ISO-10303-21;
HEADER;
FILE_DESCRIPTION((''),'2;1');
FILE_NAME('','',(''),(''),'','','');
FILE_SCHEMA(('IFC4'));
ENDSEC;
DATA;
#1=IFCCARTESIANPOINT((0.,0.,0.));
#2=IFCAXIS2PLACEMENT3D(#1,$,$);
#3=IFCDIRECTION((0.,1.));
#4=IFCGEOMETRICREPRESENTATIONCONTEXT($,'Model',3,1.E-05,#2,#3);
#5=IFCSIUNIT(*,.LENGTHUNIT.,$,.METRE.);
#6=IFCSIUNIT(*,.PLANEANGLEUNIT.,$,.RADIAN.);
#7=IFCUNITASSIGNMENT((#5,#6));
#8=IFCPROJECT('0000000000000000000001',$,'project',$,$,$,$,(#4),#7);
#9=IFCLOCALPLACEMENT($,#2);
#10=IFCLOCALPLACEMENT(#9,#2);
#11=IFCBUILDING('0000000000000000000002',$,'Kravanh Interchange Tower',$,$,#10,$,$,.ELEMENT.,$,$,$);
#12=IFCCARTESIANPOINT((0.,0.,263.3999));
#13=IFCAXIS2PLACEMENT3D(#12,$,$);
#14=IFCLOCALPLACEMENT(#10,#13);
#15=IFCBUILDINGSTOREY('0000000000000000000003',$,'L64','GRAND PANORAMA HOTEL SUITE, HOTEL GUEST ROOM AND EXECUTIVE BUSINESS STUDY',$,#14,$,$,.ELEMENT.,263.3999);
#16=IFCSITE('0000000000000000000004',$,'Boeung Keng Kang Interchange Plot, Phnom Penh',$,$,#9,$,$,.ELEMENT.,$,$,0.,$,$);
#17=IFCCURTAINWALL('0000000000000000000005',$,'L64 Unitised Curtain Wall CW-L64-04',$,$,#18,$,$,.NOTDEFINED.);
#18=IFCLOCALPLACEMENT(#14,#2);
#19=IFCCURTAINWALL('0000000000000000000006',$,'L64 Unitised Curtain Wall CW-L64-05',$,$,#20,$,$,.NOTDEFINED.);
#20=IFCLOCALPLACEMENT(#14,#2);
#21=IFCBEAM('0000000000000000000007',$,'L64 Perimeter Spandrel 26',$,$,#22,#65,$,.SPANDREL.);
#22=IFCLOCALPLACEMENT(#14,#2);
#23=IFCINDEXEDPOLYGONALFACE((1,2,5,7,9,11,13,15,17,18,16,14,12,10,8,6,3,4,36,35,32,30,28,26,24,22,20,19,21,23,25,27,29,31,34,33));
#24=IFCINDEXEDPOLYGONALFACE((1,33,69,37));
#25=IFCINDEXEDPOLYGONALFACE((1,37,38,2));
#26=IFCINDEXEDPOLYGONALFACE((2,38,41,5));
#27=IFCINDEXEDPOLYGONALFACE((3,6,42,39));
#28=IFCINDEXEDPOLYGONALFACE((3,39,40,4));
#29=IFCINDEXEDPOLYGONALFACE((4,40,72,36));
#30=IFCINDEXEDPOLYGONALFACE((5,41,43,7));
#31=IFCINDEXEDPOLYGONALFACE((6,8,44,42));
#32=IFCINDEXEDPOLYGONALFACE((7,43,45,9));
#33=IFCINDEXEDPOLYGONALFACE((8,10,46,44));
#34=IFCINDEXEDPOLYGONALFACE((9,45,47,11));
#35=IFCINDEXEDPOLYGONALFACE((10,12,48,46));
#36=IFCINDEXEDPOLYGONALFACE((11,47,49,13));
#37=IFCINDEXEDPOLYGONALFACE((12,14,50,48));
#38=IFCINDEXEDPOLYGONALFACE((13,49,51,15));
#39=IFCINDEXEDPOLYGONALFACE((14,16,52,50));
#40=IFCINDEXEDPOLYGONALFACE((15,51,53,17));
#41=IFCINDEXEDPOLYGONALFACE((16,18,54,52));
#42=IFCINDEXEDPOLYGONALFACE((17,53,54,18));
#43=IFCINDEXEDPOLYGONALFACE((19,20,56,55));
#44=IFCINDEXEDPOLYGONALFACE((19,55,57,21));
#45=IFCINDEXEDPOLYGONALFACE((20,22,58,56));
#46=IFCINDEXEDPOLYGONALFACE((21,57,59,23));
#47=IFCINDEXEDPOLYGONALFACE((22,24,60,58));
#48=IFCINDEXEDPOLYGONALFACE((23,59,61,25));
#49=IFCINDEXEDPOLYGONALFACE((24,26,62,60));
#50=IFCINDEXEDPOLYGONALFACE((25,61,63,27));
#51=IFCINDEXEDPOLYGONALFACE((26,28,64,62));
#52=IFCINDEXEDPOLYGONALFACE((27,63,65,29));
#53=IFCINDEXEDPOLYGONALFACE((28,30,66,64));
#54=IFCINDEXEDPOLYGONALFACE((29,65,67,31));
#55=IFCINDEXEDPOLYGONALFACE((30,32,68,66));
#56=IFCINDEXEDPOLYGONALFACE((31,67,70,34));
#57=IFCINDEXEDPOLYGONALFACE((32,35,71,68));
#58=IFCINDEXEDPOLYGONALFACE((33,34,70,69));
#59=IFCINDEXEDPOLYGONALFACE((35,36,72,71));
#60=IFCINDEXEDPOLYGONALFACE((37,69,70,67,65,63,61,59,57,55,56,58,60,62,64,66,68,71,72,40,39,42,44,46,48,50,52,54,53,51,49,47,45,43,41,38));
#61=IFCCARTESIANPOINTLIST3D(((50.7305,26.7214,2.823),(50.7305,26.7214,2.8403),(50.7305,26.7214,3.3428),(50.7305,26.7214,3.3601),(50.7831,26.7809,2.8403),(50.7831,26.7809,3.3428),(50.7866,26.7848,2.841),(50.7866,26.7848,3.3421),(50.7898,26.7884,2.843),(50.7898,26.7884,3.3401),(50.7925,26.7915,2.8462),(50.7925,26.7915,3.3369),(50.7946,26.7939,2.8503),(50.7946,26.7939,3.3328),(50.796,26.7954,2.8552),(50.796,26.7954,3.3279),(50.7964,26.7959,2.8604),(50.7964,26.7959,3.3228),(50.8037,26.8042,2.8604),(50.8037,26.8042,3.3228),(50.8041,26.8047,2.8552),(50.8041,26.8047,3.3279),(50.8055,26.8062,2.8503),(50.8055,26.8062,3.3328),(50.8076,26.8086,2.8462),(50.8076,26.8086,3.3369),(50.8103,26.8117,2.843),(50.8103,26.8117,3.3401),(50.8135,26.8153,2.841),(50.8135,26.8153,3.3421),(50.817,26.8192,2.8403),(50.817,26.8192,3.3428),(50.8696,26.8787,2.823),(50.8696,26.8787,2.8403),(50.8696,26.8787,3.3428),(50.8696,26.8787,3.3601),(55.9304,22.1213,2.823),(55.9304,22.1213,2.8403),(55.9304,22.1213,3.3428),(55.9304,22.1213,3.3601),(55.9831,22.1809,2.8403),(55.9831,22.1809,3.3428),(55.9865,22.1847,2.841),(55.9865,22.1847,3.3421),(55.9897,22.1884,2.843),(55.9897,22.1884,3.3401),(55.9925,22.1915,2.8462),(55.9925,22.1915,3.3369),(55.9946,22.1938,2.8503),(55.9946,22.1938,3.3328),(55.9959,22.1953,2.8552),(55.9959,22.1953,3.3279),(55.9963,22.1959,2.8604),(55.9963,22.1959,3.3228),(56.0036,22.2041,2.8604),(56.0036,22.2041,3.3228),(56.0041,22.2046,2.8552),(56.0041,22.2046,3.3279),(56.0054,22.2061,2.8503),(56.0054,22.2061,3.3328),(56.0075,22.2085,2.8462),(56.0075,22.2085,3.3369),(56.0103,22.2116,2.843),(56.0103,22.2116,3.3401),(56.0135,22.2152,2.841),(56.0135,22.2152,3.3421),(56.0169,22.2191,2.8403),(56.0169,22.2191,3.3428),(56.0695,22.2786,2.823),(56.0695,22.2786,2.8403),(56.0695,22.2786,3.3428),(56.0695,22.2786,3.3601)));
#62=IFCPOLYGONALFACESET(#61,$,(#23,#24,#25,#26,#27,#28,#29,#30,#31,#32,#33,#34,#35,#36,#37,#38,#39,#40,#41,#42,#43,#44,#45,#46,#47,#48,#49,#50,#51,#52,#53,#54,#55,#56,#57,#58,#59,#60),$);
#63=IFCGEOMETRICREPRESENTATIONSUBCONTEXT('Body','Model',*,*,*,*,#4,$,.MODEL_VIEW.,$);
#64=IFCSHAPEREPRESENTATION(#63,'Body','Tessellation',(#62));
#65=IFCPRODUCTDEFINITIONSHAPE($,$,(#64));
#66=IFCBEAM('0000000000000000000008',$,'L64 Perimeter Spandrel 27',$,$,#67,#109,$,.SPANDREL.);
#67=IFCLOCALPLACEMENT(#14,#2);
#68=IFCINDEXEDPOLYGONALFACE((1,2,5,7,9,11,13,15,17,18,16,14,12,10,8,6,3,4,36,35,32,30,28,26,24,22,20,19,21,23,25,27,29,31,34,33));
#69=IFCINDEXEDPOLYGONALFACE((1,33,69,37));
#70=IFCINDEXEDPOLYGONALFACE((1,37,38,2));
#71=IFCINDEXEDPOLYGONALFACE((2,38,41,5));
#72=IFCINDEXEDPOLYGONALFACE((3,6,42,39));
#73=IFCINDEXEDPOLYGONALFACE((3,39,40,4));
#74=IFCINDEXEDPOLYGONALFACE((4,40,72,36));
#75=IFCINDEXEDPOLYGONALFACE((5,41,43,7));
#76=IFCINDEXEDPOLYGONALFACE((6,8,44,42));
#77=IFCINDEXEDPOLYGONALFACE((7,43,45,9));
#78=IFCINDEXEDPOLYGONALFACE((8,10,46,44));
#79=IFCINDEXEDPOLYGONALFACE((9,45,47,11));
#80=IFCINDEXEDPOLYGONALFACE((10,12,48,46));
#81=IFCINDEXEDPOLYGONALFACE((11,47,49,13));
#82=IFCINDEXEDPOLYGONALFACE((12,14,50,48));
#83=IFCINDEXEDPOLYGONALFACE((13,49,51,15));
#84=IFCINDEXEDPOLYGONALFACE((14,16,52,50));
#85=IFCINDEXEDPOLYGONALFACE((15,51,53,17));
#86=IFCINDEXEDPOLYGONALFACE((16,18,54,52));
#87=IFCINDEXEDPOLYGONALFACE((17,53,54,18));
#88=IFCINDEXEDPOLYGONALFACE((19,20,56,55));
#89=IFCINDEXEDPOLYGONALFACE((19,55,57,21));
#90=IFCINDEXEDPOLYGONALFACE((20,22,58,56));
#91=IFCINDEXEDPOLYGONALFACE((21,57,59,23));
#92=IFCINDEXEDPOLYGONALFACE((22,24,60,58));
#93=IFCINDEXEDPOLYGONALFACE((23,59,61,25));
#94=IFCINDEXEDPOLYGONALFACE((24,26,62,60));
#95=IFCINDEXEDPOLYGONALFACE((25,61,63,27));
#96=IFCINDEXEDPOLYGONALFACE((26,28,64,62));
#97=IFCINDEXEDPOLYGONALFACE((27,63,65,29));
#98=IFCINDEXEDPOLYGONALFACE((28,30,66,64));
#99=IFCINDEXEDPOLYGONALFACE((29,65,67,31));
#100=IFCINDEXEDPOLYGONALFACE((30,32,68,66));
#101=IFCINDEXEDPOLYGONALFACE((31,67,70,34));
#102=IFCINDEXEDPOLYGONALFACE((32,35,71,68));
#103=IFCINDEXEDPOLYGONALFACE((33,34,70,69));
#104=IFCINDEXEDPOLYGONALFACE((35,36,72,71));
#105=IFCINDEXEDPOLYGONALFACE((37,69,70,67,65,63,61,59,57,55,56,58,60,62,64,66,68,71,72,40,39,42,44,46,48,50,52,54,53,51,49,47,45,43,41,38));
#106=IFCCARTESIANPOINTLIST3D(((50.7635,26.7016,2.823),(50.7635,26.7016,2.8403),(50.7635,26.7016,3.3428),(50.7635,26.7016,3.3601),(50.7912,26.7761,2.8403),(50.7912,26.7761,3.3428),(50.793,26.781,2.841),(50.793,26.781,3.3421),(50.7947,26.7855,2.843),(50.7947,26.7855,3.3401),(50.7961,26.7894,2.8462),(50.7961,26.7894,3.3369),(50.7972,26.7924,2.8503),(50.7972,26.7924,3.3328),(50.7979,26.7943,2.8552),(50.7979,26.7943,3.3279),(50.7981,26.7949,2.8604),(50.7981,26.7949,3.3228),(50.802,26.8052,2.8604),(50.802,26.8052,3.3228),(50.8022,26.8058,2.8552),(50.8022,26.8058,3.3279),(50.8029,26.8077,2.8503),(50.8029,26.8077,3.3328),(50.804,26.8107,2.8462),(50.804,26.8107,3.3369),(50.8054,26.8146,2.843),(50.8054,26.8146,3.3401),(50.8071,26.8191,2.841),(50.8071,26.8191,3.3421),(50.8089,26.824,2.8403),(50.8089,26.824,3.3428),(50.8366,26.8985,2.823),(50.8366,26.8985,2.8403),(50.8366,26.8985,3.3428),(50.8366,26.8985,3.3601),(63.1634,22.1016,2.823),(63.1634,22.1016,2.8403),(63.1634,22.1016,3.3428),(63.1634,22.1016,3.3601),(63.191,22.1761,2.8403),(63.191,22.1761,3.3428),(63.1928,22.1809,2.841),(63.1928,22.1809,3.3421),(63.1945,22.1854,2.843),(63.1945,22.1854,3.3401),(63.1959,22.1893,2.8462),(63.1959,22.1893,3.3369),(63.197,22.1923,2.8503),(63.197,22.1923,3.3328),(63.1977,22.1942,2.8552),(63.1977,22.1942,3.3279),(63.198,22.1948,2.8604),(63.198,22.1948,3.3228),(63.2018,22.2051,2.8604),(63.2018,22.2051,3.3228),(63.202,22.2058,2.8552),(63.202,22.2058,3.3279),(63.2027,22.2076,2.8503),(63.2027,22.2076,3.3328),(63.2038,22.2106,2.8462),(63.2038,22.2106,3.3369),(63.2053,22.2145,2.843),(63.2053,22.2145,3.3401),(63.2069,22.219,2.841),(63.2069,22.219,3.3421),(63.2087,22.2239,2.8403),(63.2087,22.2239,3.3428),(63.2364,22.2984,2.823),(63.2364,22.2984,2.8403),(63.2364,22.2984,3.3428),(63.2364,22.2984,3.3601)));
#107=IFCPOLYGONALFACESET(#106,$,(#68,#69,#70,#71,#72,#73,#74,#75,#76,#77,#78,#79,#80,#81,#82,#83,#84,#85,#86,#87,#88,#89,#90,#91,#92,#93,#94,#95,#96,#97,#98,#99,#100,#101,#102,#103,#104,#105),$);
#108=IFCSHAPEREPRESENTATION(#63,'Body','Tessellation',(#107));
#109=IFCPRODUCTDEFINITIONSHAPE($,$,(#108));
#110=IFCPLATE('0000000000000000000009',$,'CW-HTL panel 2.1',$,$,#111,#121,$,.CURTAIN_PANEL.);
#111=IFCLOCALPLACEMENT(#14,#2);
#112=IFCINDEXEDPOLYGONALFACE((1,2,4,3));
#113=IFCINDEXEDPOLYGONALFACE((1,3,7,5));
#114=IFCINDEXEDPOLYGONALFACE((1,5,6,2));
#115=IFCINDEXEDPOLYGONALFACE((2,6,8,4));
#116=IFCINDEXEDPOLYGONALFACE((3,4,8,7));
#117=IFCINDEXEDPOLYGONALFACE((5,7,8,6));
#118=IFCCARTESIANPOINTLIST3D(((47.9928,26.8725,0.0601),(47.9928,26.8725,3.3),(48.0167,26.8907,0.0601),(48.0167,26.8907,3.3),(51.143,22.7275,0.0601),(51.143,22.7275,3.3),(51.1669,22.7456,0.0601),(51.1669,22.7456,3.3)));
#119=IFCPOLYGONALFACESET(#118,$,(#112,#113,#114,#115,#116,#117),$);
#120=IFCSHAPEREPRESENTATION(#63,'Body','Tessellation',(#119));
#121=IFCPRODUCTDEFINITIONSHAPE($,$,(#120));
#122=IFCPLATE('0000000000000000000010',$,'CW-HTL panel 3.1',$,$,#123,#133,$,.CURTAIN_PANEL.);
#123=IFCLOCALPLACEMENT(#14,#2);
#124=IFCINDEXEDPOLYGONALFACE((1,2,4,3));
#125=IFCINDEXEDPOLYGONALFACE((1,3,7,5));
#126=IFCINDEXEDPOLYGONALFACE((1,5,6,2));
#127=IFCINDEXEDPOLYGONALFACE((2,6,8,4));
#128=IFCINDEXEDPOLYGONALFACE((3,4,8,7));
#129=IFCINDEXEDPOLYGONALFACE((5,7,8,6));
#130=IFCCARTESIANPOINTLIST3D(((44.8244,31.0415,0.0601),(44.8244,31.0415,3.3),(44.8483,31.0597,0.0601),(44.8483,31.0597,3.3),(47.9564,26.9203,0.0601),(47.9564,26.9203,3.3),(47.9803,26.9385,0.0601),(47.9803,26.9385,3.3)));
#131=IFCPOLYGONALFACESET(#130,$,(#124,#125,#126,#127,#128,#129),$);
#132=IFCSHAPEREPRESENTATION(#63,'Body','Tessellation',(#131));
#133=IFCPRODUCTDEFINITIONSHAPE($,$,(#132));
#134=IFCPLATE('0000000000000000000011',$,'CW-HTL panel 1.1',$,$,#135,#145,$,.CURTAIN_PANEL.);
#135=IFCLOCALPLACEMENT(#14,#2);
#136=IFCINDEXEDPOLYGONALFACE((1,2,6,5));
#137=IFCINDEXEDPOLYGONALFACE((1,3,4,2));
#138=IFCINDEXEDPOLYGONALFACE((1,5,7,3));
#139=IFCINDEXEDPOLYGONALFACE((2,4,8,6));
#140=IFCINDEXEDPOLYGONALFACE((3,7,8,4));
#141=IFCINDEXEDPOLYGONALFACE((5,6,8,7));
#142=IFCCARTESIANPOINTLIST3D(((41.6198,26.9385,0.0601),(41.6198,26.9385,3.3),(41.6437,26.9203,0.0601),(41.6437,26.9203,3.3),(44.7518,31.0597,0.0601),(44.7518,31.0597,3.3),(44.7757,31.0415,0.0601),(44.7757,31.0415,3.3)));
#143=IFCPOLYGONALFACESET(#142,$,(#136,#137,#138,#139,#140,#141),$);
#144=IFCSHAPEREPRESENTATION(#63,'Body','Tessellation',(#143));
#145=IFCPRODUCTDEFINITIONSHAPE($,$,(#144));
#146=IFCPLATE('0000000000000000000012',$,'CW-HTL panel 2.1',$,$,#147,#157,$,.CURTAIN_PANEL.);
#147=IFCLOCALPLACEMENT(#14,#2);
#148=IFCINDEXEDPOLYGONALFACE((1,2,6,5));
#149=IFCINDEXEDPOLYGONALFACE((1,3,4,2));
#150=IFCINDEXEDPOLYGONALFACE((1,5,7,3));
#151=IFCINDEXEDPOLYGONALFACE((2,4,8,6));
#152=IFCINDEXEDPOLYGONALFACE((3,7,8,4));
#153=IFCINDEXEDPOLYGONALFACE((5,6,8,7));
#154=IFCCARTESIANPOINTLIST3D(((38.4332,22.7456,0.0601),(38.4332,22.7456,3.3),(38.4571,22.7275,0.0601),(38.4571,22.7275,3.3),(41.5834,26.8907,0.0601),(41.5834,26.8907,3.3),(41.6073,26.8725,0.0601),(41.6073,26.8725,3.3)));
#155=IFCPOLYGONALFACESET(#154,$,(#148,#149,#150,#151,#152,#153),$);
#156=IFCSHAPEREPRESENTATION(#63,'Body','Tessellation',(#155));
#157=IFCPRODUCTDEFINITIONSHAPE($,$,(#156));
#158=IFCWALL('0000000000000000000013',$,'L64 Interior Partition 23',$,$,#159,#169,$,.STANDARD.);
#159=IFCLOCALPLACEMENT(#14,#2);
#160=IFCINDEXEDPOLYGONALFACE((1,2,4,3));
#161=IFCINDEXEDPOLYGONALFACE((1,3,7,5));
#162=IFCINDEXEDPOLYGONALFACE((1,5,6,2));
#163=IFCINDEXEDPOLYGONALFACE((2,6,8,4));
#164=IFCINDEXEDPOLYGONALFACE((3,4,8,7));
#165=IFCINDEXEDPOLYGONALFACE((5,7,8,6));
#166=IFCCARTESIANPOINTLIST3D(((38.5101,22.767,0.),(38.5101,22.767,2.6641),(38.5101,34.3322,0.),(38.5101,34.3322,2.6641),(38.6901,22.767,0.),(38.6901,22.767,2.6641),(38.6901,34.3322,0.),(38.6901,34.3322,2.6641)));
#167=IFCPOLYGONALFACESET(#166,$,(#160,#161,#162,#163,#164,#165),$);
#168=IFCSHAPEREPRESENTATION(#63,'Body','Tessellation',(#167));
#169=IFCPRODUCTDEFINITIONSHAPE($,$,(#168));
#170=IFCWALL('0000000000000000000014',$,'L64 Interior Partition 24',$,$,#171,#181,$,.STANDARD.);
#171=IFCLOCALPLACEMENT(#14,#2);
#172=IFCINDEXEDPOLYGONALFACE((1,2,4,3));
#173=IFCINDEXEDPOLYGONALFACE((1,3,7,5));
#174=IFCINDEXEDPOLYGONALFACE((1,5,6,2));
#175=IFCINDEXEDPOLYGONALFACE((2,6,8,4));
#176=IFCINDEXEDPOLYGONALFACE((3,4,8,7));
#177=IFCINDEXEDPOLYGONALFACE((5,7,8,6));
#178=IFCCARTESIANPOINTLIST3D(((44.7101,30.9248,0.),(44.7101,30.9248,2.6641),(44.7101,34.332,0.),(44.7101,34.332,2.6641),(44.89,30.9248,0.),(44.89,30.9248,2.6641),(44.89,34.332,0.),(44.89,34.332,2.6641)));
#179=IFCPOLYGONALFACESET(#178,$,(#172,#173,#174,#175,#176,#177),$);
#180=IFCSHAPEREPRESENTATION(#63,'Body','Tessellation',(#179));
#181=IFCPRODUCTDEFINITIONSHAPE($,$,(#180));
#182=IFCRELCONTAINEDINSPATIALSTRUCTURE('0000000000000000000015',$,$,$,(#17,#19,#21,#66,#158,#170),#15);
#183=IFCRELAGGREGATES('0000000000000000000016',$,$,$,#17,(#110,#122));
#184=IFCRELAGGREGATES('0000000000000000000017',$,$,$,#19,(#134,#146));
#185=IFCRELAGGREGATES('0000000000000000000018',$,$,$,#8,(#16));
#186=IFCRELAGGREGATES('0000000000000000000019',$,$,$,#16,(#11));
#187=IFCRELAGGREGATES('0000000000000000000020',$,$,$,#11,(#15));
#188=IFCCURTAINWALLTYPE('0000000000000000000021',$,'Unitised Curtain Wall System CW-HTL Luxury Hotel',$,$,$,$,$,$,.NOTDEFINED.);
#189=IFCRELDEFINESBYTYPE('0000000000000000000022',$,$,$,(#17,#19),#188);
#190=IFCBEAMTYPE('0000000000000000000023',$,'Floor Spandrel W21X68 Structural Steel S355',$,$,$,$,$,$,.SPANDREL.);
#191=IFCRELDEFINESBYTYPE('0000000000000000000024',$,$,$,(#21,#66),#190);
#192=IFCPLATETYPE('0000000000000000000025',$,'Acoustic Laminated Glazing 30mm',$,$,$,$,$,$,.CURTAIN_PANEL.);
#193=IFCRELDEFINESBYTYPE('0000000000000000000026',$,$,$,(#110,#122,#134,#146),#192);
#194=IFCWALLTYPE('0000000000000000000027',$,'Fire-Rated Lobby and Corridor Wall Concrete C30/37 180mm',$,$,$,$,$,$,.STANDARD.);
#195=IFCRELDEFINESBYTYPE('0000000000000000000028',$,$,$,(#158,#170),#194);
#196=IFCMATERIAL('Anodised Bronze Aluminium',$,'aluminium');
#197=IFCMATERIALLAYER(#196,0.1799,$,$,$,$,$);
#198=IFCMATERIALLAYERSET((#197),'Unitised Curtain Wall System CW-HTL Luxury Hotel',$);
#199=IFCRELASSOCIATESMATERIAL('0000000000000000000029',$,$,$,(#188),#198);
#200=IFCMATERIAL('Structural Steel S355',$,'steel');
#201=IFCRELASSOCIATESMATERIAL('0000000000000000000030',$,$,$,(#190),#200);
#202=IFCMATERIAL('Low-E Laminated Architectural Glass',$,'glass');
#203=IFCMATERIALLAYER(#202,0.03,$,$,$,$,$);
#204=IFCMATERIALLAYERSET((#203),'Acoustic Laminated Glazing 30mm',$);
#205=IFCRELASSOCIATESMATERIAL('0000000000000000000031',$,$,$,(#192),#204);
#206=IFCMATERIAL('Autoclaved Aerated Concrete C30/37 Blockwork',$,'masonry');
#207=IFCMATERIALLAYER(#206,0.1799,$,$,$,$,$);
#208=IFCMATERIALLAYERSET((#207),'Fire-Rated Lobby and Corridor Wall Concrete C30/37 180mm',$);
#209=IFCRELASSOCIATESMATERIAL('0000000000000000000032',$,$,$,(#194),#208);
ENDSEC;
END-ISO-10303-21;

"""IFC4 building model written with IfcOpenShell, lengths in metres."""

from ifc_helpers import new_model, si_unit, direction, frame, frame_2d, origin, origin_2d, place, context, subcontext, project, spatial, rectangle, i_section, extrude, material, layer, layer_set, material_profile, profile_set, type_object, element, aggregate, save


model = new_model("IFC4")

# Units and contexts
model_context = context("Model", 3, precision=1e-05, world=origin(), true_north=direction((0.0, 1.0)))
body_context = subcontext(model_context, "Body", "Model", "MODEL_VIEW")
ifc_project = project(units=[si_unit("LENGTHUNIT", "METRE"), si_unit("PLANEANGLEUNIT", "RADIAN")], contexts=[model_context])

# Site, building, storey
site_placement = place(None, origin())
site = spatial("IfcSite", under=ifc_project, at=site_placement, Name="Boeung Keng Kang Interchange Plot, Phnom Penh", CompositionType="ELEMENT", RefElevation=0.0)
building_placement = place(site_placement, origin())
building = spatial("IfcBuilding", under=site, at=building_placement, Name="Kravanh Interchange Tower", CompositionType="ELEMENT")
storey_placement = place(building_placement, frame((0.0, 0.0, 263.3999)))
storey = spatial("IfcBuildingStorey", under=building, at=storey_placement, Name="L64", Description="GRAND PANORAMA HOTEL SUITE, HOTEL GUEST ROOM AND EXECUTIVE BUSINESS STUDY", CompositionType="ELEMENT", Elevation=263.3999)

# Curtain walls
ifc_material_1 = material(Name="Anodised Bronze Aluminium", Category="aluminium")
ifc_layer_1 = layer(ifc_material_1, 0.1799)
ifc_layer_set_1 = layer_set([ifc_layer_1], Name="Unitised Curtain Wall System CW-HTL Luxury Hotel")
curtain_wall_type = type_object("IfcCurtainWallType", Name="Unitised Curtain Wall System CW-HTL Luxury Hotel", PredefinedType="NOTDEFINED", material=ifc_layer_set_1)
curtain_wall_1_placement = place(storey_placement, origin())
curtain_wall_1 = element("IfcCurtainWall", 1, at=curtain_wall_1_placement, inside=storey, type_object=curtain_wall_type, Name="L64 Unitised Curtain Wall CW-L64-04", PredefinedType="NOTDEFINED")
curtain_wall_2_placement = place(storey_placement, origin())
curtain_wall_2 = element("IfcCurtainWall", 2, at=curtain_wall_2_placement, inside=storey, type_object=curtain_wall_type, Name="L64 Unitised Curtain Wall CW-L64-05", PredefinedType="NOTDEFINED")

# Beams
ifc_material_2 = material(Name="Structural Steel S355", Category="steel")
ifc_material_profile_1 = material_profile(ifc_material_2, i_section(OverallWidth=0.21, OverallDepth=0.5371, WebThickness=0.011, FlangeThickness=0.0173, FilletRadius=0.02, at=origin_2d()), Name="W21X68")
ifc_profile_set_1 = profile_set([ifc_material_profile_1], Name="Structural Steel S355")
beam_type_1 = type_object("IfcBeamType", Name="Floor Spandrel W21X68 Structural Steel S355", PredefinedType="SPANDREL", material=ifc_profile_set_1)
beam_1_placement = place(storey_placement, frame((50.8, 26.8, 3.0916), z_axis=(0.748986, -0.662585, 0.0), x_axis=(0.662585, 0.748986, 0.0)))
element("IfcBeam", 3, at=beam_1_placement, inside=storey, type_object=beam_type_1, Name="L64 Perimeter Spandrel 26", PredefinedType="SPANDREL", context=body_context, shape_type="SweptSolid", body=[
    extrude(i_section(OverallWidth=0.21, OverallDepth=0.5371, WebThickness=0.011, FlangeThickness=0.0173, FilletRadius=0.02, at=origin_2d()), origin(), (0.0, 0.0, 1.0), 6.9426),
])
beam_2_placement = place(storey_placement, frame((50.8, 26.8, 3.0916), z_axis=(0.937563, -0.347816, 0.0), x_axis=(0.347816, 0.937563, 0.0)))
element("IfcBeam", 4, at=beam_2_placement, inside=storey, type_object=beam_type_1, Name="L64 Perimeter Spandrel 27", PredefinedType="SPANDREL", context=body_context, shape_type="SweptSolid", body=[
    extrude(i_section(OverallWidth=0.21, OverallDepth=0.5371, WebThickness=0.011, FlangeThickness=0.0173, FilletRadius=0.02, at=origin_2d()), origin(), (0.0, 0.0, 1.0), 13.2256),
])

# Plates
ifc_material_3 = material(Name="Low-E Laminated Architectural Glass", Category="glass")
ifc_layer_2 = layer(ifc_material_3, 0.03)
ifc_layer_set_2 = layer_set([ifc_layer_2], Name="Acoustic Laminated Glazing 30mm")
plate_type = type_object("IfcPlateType", Name="Acoustic Laminated Glazing 30mm", PredefinedType="CURTAIN_PANEL", material=ifc_layer_set_2)
plate_1_placement = place(storey_placement, frame((49.5798, 24.8091, 0.0601), z_axis=(0.0, 0.0, 1.0), x_axis=(-0.605083, 0.796162, 0.0)))
plate_1 = element("IfcPlate", 5, at=plate_1_placement, type_object=plate_type, Name="CW-HTL panel 2.1", PredefinedType="CURTAIN_PANEL", context=body_context, shape_type="SweptSolid", body=[
    extrude(rectangle(XDim=5.2063, YDim=0.03, at=origin_2d()), origin(), (0.0, 0.0, 1.0), 3.24),
])
plate_2_placement = place(storey_placement, frame((46.4023, 28.99, 0.0601), z_axis=(0.0, 0.0, 1.0), x_axis=(-0.605083, 0.796162, 0.0)))
plate_2 = element("IfcPlate", 6, at=plate_2_placement, type_object=plate_type, Name="CW-HTL panel 3.1", PredefinedType="CURTAIN_PANEL", context=body_context, shape_type="SweptSolid", body=[
    extrude(rectangle(XDim=5.1763, YDim=0.03, at=origin_2d()), origin(), (0.0, 0.0, 1.0), 3.24),
])
aggregate(curtain_wall_1, [plate_1, plate_2])
plate_3_placement = place(storey_placement, frame((43.1978, 28.99, 0.0601), z_axis=(0.0, 0.0, 1.0), x_axis=(-0.605083, -0.796162, 0.0)))
plate_3 = element("IfcPlate", 7, at=plate_3_placement, type_object=plate_type, Name="CW-HTL panel 1.1", PredefinedType="CURTAIN_PANEL", context=body_context, shape_type="SweptSolid", body=[
    extrude(rectangle(XDim=5.1763, YDim=0.03, at=origin_2d()), origin(), (0.0, 0.0, 1.0), 3.24),
])
plate_4_placement = place(storey_placement, frame((40.0203, 24.8091, 0.0601), z_axis=(0.0, 0.0, 1.0), x_axis=(-0.605083, -0.796162, 0.0)))
plate_4 = element("IfcPlate", 8, at=plate_4_placement, type_object=plate_type, Name="CW-HTL panel 2.1", PredefinedType="CURTAIN_PANEL", context=body_context, shape_type="SweptSolid", body=[
    extrude(rectangle(XDim=5.2063, YDim=0.03, at=origin_2d()), origin(), (0.0, 0.0, 1.0), 3.24),
])
aggregate(curtain_wall_2, [plate_3, plate_4])

# Walls
ifc_material_4 = material(Name="Autoclaved Aerated Concrete C30/37 Blockwork", Category="masonry")
ifc_layer_3 = layer(ifc_material_4, 0.1799)
ifc_layer_set_3 = layer_set([ifc_layer_3], Name="Fire-Rated Lobby and Corridor Wall Concrete C30/37 180mm")
wall_type = type_object("IfcWallType", Name="Fire-Rated Lobby and Corridor Wall Concrete C30/37 180mm", PredefinedType="STANDARD", material=ifc_layer_set_3)
wall_1_placement = place(storey_placement, frame((38.6001, 22.7668, 0.0), z_axis=(0.0, 0.0, 1.0), x_axis=(0.0, 1.0, 0.0)))
element("IfcWall", 9, at=wall_1_placement, inside=storey, type_object=wall_type, Name="L64 Interior Partition 23", PredefinedType="STANDARD", context=body_context, shape_type="SweptSolid", body=[
    extrude(rectangle(XDim=11.5652, YDim=0.1799, at=frame_2d((5.7827, 0.0))), origin(), (0.0, 0.0, 1.0), 2.6641),
])
wall_2_placement = place(storey_placement, frame((44.8, 30.9248, 0.0), z_axis=(0.0, 0.0, 1.0), x_axis=(0.0, 1.0, 0.0)))
element("IfcWall", 10, at=wall_2_placement, inside=storey, type_object=wall_type, Name="L64 Interior Partition 24", PredefinedType="STANDARD", context=body_context, shape_type="SweptSolid", body=[
    extrude(rectangle(XDim=3.4072, YDim=0.1799, at=frame_2d((1.7036, 0.0))), origin(), (0.0, 0.0, 1.0), 2.6641),
])

save(model, "model.ifc")
